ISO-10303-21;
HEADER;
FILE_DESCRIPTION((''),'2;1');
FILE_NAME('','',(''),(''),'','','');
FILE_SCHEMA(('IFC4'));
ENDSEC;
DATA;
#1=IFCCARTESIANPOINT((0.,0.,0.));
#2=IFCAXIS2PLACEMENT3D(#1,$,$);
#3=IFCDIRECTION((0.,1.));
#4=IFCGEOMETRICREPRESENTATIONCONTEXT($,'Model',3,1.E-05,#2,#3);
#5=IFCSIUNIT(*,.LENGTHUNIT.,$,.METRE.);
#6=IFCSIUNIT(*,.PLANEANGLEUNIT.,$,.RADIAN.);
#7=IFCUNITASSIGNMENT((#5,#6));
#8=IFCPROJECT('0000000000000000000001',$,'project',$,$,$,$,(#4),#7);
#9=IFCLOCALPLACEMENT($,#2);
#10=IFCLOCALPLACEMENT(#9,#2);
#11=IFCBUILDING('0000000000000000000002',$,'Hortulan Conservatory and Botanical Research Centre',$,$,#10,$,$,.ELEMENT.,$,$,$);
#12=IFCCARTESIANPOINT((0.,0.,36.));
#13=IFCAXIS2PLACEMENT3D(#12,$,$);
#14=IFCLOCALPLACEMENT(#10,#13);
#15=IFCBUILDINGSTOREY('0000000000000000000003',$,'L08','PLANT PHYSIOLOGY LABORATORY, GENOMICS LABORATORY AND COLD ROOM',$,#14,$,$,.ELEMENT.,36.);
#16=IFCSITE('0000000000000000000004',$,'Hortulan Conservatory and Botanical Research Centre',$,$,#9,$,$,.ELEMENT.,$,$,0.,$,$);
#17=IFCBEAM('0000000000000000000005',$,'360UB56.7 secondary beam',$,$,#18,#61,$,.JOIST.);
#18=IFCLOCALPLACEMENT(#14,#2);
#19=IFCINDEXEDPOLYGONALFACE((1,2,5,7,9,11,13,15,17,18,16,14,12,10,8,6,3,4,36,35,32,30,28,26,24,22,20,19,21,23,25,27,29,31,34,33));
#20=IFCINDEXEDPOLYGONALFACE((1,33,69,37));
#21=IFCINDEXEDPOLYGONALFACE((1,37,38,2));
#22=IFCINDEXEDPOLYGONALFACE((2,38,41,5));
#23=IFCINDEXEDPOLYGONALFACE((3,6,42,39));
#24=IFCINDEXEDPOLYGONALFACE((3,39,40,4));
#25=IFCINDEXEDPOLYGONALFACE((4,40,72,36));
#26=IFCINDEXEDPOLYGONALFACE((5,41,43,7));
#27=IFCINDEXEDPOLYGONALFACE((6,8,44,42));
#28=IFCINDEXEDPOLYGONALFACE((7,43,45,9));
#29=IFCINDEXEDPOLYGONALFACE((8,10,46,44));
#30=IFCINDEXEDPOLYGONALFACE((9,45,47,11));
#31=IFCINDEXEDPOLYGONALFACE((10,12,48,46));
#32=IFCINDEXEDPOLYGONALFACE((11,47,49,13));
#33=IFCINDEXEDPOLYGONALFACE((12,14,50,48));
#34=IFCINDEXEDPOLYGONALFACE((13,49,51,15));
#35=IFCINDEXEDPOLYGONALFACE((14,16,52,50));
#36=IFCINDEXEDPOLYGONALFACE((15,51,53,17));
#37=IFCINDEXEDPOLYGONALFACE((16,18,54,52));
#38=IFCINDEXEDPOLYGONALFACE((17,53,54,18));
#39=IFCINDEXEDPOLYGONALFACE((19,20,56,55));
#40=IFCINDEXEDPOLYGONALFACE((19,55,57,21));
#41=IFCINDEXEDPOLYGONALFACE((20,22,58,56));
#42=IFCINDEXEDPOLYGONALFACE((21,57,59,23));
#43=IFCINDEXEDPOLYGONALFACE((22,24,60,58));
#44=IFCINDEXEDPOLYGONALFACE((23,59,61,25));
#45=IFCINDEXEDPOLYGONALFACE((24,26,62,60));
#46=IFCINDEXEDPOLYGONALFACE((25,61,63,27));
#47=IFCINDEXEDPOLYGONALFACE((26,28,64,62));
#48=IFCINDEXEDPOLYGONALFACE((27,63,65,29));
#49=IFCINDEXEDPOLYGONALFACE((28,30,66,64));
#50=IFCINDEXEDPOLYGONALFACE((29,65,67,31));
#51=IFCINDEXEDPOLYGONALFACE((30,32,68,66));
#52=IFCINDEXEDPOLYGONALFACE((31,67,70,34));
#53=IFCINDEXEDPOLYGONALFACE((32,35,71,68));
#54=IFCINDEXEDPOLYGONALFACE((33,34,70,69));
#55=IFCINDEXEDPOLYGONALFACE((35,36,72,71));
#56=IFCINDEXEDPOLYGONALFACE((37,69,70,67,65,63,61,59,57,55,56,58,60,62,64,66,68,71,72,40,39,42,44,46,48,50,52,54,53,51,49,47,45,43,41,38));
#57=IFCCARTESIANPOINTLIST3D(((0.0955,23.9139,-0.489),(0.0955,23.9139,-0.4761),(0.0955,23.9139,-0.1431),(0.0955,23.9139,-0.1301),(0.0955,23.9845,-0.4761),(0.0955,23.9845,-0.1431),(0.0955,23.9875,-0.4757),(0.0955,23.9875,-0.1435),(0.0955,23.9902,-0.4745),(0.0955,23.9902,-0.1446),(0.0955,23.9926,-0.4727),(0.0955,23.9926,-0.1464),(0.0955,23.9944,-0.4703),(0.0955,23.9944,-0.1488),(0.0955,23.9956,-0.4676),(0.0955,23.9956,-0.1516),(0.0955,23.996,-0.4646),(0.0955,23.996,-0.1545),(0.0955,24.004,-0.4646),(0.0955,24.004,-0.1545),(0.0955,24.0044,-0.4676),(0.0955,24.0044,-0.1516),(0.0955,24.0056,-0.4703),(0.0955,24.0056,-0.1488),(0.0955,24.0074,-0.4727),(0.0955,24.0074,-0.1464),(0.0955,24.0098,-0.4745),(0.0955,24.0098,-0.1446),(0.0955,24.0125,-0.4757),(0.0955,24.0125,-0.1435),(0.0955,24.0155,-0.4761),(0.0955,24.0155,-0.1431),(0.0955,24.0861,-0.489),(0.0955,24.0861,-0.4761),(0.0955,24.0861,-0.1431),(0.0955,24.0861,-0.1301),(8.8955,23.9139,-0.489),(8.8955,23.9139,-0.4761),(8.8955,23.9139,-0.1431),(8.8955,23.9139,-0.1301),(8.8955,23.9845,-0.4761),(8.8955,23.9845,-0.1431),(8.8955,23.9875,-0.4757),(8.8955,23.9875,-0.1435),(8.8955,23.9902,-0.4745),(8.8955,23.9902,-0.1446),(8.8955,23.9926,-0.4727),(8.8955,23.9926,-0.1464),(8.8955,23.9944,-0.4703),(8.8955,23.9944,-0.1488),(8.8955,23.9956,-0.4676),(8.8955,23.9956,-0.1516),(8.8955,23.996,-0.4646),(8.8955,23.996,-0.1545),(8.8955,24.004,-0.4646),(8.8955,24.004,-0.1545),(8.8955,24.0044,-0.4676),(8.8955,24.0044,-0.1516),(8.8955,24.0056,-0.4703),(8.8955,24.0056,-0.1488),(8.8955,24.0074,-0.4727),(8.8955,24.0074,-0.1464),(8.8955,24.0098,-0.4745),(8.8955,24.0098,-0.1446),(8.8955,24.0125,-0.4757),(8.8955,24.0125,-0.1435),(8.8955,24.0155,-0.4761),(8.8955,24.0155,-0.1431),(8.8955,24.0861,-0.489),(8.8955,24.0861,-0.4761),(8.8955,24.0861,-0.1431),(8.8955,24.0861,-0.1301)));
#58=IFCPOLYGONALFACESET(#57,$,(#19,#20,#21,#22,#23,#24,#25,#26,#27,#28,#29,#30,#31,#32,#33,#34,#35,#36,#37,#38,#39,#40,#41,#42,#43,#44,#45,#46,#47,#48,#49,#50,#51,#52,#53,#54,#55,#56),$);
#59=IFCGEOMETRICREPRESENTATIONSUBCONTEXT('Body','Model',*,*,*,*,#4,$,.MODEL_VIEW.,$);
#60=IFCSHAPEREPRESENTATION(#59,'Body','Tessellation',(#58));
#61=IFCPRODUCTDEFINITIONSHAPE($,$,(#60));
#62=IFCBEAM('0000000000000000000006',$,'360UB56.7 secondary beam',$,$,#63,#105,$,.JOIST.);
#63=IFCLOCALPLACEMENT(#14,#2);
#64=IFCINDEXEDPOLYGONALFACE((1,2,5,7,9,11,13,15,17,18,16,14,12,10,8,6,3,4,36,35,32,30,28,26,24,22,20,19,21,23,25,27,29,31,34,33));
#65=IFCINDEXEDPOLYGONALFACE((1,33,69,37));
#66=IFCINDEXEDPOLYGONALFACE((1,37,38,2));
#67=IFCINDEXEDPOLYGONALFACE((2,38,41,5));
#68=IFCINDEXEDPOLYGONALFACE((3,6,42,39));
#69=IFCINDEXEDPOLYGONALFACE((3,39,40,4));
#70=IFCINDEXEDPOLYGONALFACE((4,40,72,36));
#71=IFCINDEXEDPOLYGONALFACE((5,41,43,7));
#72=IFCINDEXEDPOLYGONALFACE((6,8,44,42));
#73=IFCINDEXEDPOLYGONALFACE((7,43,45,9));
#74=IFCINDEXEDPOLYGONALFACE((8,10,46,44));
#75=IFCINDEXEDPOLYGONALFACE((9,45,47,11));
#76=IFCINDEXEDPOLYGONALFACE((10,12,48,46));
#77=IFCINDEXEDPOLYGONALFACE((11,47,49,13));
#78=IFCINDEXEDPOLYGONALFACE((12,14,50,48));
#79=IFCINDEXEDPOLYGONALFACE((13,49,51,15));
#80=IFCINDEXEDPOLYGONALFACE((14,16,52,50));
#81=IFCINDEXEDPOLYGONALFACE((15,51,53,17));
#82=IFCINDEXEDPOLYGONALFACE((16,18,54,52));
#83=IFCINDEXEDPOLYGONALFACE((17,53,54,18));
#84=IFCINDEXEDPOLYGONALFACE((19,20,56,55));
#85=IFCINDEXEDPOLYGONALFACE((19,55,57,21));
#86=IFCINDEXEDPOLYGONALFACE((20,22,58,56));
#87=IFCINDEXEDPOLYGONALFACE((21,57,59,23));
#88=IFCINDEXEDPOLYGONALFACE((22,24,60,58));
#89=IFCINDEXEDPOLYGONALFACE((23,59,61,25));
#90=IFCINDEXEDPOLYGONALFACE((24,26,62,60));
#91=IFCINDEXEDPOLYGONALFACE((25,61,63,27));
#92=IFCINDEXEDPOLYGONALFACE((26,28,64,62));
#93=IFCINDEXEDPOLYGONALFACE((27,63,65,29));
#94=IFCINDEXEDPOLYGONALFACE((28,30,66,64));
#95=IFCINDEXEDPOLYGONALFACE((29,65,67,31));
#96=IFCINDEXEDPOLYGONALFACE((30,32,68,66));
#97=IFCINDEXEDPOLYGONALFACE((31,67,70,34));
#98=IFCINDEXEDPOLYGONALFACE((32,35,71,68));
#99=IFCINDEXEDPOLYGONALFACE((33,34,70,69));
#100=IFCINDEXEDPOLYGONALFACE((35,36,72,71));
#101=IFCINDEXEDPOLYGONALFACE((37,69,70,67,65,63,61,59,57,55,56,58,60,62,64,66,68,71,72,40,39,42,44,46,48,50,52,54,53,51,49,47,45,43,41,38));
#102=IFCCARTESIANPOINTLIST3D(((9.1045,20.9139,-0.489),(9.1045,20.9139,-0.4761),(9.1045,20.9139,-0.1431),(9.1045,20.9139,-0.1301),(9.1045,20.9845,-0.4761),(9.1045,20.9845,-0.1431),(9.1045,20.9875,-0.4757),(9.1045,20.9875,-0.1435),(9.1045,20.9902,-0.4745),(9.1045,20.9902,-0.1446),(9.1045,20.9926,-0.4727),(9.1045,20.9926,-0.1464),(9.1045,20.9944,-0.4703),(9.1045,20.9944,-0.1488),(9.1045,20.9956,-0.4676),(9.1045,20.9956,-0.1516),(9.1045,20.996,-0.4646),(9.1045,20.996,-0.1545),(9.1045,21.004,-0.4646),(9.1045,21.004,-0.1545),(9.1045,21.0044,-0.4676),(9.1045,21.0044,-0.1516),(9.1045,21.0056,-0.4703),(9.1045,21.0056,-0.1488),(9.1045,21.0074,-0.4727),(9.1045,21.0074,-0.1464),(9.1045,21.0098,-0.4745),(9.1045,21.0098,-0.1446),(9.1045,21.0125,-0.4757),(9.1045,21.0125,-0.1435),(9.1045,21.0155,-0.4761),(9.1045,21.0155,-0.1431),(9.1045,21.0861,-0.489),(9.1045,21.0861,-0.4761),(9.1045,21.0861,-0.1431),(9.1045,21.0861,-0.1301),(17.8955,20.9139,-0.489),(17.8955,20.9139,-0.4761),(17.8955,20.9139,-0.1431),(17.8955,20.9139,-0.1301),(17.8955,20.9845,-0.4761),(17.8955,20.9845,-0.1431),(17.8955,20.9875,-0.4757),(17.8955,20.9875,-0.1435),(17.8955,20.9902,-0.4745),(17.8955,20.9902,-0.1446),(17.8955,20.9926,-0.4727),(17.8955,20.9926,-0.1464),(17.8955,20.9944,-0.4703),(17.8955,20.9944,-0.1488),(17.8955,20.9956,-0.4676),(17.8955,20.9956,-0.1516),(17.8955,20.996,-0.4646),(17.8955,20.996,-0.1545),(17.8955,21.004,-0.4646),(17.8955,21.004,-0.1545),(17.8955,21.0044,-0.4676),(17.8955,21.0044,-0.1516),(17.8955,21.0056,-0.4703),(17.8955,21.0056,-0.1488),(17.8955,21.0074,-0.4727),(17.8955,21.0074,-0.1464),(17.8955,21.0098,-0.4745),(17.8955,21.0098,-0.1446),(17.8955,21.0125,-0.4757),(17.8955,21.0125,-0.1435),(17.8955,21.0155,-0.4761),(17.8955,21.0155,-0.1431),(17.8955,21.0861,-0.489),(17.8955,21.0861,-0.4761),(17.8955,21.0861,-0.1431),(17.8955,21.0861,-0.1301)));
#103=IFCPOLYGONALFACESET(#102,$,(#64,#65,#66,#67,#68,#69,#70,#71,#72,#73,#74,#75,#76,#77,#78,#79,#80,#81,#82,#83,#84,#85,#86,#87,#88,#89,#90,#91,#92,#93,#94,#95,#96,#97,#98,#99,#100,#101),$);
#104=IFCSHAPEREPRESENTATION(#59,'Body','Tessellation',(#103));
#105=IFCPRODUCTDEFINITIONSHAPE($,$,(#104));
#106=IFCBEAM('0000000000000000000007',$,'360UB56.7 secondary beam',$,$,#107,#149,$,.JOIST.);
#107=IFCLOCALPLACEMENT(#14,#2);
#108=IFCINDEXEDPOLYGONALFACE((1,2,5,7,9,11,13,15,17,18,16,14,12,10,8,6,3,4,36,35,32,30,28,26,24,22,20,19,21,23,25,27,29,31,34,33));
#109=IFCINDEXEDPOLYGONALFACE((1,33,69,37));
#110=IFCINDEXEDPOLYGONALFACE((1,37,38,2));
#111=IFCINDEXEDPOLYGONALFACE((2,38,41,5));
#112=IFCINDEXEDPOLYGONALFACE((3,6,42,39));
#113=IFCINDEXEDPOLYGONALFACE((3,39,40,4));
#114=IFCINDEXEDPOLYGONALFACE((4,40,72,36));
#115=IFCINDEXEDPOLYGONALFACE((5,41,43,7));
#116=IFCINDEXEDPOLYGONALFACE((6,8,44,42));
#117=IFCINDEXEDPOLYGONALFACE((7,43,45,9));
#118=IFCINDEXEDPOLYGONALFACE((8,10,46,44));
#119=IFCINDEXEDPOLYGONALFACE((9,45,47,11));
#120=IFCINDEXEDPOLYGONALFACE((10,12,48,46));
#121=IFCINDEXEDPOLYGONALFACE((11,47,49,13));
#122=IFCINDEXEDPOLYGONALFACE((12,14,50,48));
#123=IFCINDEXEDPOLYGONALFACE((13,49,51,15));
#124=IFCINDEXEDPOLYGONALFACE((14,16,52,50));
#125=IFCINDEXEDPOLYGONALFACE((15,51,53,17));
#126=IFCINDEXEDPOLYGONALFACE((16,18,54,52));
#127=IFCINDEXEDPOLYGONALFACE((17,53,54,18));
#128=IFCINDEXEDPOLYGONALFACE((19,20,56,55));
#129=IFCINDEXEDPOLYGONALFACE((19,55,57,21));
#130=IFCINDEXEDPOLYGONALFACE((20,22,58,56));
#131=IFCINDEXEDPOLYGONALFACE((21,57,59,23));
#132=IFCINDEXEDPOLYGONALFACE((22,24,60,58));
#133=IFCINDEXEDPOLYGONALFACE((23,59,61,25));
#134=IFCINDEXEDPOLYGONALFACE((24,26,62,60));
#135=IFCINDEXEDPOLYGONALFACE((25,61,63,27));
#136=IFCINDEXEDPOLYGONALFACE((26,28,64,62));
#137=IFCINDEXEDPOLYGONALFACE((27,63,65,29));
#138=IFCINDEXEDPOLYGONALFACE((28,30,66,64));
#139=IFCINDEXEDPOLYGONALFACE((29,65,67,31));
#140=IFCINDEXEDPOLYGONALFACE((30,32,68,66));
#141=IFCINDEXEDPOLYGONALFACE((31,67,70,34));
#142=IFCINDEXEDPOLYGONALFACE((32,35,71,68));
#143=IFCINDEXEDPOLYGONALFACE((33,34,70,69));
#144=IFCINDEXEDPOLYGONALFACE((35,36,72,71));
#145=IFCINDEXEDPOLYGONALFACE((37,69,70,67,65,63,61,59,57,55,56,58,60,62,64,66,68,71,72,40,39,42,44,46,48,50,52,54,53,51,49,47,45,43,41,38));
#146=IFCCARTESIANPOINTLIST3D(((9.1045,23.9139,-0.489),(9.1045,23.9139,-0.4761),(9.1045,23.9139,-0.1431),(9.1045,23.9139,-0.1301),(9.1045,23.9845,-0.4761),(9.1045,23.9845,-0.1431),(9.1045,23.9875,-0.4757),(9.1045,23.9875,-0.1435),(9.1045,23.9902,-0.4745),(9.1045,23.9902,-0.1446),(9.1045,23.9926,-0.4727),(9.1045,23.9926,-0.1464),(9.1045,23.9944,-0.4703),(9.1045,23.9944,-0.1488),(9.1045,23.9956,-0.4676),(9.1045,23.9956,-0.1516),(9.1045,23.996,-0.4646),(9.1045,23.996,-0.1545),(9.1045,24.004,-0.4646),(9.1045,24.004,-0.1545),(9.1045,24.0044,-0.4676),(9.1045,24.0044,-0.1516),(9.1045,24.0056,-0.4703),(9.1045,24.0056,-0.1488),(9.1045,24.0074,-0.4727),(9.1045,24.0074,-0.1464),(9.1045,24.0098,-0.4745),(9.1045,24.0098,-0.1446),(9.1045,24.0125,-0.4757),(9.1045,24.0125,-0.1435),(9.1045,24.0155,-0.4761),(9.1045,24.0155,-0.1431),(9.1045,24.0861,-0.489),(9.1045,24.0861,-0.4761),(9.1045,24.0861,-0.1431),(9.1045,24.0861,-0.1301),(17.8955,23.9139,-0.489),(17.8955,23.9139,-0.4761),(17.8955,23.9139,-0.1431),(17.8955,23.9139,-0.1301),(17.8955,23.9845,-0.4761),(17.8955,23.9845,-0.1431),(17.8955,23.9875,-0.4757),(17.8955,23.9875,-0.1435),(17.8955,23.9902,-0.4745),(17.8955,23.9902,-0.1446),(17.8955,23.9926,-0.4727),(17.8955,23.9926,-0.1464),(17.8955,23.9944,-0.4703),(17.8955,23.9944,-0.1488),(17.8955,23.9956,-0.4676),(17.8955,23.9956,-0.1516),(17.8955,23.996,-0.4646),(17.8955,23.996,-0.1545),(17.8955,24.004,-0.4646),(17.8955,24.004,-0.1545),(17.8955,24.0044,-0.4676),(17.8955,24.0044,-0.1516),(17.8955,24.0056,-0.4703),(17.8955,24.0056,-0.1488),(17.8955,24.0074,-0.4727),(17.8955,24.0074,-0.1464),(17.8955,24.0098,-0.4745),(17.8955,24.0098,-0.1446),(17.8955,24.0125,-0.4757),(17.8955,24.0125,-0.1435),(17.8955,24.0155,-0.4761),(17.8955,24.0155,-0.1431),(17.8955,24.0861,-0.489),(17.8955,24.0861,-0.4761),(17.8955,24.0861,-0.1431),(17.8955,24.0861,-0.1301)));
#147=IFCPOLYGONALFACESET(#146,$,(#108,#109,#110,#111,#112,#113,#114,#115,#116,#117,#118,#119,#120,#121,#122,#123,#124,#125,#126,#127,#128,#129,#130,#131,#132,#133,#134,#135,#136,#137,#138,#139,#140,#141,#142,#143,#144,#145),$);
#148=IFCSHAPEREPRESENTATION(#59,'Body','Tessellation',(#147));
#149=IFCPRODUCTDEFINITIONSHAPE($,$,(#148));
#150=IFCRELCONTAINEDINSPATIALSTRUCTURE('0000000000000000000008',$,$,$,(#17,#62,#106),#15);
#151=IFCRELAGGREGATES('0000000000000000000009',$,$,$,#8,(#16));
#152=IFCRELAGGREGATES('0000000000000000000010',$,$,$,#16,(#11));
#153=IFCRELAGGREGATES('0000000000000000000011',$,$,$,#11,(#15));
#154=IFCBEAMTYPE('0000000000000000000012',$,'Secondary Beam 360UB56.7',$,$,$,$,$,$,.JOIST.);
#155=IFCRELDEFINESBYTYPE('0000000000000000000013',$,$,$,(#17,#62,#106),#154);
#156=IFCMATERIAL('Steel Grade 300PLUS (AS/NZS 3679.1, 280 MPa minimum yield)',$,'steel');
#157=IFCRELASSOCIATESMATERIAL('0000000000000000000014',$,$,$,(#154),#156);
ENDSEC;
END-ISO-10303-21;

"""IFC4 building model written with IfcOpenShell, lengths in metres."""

from ifc_helpers import new_model, si_unit, direction, frame, origin, origin_2d, place, context, subcontext, project, spatial, i_section, extrude, material, material_profile, profile_set, type_object, element, save


model = new_model("IFC4")

# Units and contexts
model_context = context("Model", 3, precision=1e-05, world=origin(), true_north=direction((0.0, 1.0)))
body_context = subcontext(model_context, "Body", "Model", "MODEL_VIEW")
ifc_project = project(units=[si_unit("LENGTHUNIT", "METRE"), si_unit("PLANEANGLEUNIT", "RADIAN")], contexts=[model_context])

# Site, building, storey
site_placement = place(None, origin())
site = spatial("IfcSite", under=ifc_project, at=site_placement, Name="Hortulan Conservatory and Botanical Research Centre", CompositionType="ELEMENT", RefElevation=0.0)
building_placement = place(site_placement, origin())
building = spatial("IfcBuilding", under=site, at=building_placement, Name="Hortulan Conservatory and Botanical Research Centre", CompositionType="ELEMENT")
storey_placement = place(building_placement, frame((0.0, 0.0, 36.0)))
storey = spatial("IfcBuildingStorey", under=building, at=storey_placement, Name="L08", Description="PLANT PHYSIOLOGY LABORATORY, GENOMICS LABORATORY AND COLD ROOM", CompositionType="ELEMENT", Elevation=36.0)

# Shared definitions
ifc_material_1 = material(Name="Steel Grade 300PLUS (AS/NZS 3679.1, 280 MPa minimum yield)", Category="steel")

# Beams
ifc_material_profile_1 = material_profile(ifc_material_1, i_section(OverallWidth=0.1721, OverallDepth=0.3589, WebThickness=0.0081, FlangeThickness=0.0129, FilletRadius=0.0115, at=origin_2d()), Name="360UB56.7")
ifc_profile_set_1 = profile_set([ifc_material_profile_1], Name="Steel Grade 300PLUS (AS/NZS 3679.1, 280 MPa minimum yield)")
beam_type_1 = type_object("IfcBeamType", Name="Secondary Beam 360UB56.7", PredefinedType="JOIST", material=ifc_profile_set_1)
beam_1_placement = place(storey_placement, frame((0.0955, 24.0, -0.3096), z_axis=(1.0, 0.0, 0.0), x_axis=(0.0, 1.0, 0.0)))
element("IfcBeam", 1, at=beam_1_placement, inside=storey, type_object=beam_type_1, Name="360UB56.7 secondary beam", PredefinedType="JOIST", context=body_context, shape_type="SweptSolid", body=[
    extrude(i_section(OverallWidth=0.1721, OverallDepth=0.3589, WebThickness=0.0081, FlangeThickness=0.0129, FilletRadius=0.0115, at=origin_2d()), origin(), (0.0, 0.0, 1.0), 8.8),
])
for number, where, z_axis, x_axis, name in (
    (2, (9.1045, 21.0, -0.3096), (1.0, 0.0, 0.0), (0.0, 1.0, 0.0), "360UB56.7 secondary beam"),
    (3, (9.1045, 24.0, -0.3096), (1.0, 0.0, 0.0), (0.0, 1.0, 0.0), "360UB56.7 secondary beam"),
):
    element("IfcBeam", number, at=place(storey_placement, frame(where, z_axis=z_axis, x_axis=x_axis)), inside=storey, type_object=beam_type_1, Name=name, PredefinedType="JOIST", context=body_context, shape_type="SweptSolid", body=[
        extrude(i_section(OverallWidth=0.1721, OverallDepth=0.3589, WebThickness=0.0081, FlangeThickness=0.0129, FilletRadius=0.0115, at=origin_2d()), origin(), (0.0, 0.0, 1.0), 8.791),
    ])

save(model, "model.ifc")
